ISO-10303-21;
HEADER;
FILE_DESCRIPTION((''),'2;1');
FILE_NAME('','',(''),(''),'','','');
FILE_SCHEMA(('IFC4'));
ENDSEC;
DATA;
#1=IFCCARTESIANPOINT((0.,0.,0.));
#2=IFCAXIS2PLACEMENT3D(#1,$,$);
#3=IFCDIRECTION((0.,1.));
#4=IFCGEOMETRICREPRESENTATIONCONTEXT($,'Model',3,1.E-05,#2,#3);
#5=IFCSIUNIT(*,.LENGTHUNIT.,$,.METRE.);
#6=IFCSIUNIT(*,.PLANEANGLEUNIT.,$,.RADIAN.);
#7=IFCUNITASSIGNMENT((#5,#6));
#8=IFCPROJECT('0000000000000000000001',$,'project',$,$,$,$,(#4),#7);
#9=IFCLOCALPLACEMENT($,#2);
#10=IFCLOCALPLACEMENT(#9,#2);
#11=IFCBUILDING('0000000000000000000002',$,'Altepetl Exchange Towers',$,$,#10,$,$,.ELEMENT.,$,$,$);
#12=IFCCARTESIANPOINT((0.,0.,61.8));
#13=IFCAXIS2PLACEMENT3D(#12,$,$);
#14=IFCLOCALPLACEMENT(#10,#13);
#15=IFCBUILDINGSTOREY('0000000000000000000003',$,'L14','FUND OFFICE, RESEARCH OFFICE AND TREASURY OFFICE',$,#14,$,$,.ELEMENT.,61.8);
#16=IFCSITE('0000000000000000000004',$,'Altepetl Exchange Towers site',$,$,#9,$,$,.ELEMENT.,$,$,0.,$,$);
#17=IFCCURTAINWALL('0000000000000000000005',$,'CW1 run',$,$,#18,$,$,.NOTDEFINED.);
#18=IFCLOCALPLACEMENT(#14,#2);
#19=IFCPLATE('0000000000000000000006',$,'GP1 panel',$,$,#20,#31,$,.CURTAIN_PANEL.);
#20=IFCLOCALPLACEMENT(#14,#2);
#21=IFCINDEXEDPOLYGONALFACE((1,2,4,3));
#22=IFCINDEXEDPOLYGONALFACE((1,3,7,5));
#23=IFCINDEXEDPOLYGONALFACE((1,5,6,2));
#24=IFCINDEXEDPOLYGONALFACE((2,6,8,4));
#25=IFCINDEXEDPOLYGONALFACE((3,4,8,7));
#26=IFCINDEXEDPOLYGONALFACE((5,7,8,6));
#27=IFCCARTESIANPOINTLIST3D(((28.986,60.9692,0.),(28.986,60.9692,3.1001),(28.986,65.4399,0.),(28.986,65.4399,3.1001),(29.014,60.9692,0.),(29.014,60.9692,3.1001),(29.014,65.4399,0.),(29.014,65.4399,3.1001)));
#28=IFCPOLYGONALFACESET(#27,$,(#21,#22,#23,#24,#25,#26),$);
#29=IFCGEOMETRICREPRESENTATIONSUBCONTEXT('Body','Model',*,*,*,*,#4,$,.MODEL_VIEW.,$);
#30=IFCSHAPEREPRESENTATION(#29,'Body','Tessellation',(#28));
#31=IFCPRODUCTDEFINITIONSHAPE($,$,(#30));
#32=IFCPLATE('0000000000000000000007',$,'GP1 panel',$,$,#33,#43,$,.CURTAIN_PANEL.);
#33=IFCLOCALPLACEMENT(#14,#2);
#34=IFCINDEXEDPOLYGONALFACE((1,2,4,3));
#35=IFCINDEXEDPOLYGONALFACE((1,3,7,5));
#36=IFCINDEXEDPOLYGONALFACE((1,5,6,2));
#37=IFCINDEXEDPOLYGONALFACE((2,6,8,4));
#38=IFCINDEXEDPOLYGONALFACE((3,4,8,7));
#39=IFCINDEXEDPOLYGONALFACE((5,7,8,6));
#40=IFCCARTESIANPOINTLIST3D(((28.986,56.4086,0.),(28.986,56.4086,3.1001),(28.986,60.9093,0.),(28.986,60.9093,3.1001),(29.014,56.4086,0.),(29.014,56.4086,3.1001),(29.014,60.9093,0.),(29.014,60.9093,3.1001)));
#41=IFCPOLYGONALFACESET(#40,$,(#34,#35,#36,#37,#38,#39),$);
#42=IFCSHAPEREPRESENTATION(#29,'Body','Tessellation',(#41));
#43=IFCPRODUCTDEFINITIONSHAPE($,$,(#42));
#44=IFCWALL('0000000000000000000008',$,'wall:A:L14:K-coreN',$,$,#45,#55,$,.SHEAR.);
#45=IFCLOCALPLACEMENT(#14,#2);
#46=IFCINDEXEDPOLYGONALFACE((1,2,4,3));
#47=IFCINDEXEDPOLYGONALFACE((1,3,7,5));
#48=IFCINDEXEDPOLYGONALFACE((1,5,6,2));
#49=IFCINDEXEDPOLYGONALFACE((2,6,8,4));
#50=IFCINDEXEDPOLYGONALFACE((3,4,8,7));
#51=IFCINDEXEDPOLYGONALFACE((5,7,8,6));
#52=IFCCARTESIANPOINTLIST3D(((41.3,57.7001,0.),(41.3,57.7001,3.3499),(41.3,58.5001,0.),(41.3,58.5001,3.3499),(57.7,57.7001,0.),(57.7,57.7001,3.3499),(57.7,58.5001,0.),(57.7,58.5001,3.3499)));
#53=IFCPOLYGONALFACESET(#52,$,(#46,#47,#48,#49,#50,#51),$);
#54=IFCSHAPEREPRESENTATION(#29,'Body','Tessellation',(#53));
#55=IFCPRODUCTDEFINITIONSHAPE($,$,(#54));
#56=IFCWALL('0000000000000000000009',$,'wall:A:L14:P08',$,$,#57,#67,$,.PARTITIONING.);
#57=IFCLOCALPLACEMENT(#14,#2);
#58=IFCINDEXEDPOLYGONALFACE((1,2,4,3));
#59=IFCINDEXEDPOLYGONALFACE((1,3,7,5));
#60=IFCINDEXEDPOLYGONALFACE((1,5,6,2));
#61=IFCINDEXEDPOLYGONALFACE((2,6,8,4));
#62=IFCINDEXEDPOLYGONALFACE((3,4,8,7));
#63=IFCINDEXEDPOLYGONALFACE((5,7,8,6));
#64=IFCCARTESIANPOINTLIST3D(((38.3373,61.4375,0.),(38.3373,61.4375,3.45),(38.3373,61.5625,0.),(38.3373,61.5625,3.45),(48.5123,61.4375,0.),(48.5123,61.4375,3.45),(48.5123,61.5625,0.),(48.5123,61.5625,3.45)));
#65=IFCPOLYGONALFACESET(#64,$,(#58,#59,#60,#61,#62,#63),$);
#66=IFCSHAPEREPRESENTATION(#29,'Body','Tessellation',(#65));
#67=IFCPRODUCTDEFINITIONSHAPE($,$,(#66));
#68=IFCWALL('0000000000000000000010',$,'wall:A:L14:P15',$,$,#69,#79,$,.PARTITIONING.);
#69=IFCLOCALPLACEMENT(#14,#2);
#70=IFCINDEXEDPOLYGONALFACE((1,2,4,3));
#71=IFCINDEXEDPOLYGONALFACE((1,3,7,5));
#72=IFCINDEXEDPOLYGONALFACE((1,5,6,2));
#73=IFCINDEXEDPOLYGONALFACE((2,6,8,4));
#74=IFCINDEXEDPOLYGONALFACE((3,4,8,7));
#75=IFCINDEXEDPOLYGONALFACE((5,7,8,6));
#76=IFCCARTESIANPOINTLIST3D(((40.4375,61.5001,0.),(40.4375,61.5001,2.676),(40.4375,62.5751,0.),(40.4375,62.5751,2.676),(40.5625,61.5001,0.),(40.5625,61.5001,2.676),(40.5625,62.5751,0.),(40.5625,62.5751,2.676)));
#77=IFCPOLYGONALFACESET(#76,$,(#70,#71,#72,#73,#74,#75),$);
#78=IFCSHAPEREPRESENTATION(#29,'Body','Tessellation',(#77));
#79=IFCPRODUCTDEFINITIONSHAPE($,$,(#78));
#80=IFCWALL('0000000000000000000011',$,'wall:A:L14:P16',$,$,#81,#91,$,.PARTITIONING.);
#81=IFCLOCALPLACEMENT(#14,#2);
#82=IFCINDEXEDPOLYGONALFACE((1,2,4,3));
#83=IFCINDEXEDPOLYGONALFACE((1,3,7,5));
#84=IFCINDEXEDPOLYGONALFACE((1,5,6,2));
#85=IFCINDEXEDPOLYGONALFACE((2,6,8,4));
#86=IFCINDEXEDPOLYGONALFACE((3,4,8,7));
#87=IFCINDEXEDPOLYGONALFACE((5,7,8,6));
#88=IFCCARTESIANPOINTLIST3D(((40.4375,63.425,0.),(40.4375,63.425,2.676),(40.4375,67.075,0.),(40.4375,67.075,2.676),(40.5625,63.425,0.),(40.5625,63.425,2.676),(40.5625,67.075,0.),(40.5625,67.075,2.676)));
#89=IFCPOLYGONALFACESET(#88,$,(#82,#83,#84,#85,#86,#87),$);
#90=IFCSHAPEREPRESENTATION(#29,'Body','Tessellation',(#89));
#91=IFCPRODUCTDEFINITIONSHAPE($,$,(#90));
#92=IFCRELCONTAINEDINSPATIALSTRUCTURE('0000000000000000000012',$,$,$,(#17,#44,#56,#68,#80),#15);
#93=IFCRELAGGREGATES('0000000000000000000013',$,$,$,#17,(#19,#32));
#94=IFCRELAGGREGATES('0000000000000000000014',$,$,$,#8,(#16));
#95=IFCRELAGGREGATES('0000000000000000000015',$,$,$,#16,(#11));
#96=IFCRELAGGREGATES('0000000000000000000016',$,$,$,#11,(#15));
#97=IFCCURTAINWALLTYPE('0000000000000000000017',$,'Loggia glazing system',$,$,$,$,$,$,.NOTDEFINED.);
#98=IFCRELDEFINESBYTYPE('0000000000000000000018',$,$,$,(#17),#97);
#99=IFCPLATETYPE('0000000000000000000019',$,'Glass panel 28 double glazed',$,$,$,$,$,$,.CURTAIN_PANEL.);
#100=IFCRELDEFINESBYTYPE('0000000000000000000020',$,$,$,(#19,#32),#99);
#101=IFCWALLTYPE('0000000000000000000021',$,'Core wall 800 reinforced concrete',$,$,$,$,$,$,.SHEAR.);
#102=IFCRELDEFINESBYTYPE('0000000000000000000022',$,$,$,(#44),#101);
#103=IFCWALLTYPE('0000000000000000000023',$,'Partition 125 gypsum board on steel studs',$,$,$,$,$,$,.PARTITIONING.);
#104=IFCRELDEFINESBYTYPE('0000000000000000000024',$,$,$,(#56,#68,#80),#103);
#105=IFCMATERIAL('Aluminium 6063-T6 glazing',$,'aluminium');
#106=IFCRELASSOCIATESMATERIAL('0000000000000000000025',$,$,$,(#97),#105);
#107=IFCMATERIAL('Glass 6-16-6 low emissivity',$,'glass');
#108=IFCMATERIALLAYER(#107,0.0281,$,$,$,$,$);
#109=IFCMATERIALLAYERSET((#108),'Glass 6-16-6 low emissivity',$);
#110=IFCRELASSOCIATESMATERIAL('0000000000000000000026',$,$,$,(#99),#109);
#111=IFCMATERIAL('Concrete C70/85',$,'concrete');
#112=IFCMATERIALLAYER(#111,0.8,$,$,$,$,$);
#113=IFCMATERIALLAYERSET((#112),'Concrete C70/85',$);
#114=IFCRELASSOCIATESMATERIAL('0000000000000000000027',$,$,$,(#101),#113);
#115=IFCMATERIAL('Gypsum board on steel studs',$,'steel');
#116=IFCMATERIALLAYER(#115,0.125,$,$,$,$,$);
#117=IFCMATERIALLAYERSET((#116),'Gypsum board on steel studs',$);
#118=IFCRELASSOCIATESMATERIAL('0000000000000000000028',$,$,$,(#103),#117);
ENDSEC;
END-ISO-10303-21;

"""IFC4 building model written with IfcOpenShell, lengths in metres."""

from ifc_helpers import new_model, si_unit, direction, frame, frame_2d, origin, origin_2d, place, context, subcontext, project, spatial, rectangle, extrude, material, layer, layer_set, type_object, element, aggregate, save


model = new_model("IFC4")

# Units and contexts
model_context = context("Model", 3, precision=1e-05, world=origin(), true_north=direction((0.0, 1.0)))
body_context = subcontext(model_context, "Body", "Model", "MODEL_VIEW")
ifc_project = project(units=[si_unit("LENGTHUNIT", "METRE"), si_unit("PLANEANGLEUNIT", "RADIAN")], contexts=[model_context])

# Site, building, storey
site_placement = place(None, origin())
site = spatial("IfcSite", under=ifc_project, at=site_placement, Name="Altepetl Exchange Towers site", CompositionType="ELEMENT", RefElevation=0.0)
building_placement = place(site_placement, origin())
building = spatial("IfcBuilding", under=site, at=building_placement, Name="Altepetl Exchange Towers", CompositionType="ELEMENT")
storey_placement = place(building_placement, frame((0.0, 0.0, 61.8)))
storey = spatial("IfcBuildingStorey", under=building, at=storey_placement, Name="L14", Description="FUND OFFICE, RESEARCH OFFICE AND TREASURY OFFICE", CompositionType="ELEMENT", Elevation=61.8)

# Shared definitions
ifc_material_1 = material(Name="Concrete C70/85", Category="concrete")

# Curtain wall
ifc_material_2 = material(Name="Aluminium 6063-T6 glazing", Category="aluminium")
curtain_wall_type = type_object("IfcCurtainWallType", Name="Loggia glazing system", PredefinedType="NOTDEFINED", material=ifc_material_2)
curtain_wall_placement = place(storey_placement, origin())
curtain_wall = element("IfcCurtainWall", 1, at=curtain_wall_placement, inside=storey, type_object=curtain_wall_type, Name="CW1 run", PredefinedType="NOTDEFINED")

# Plates
ifc_material_3 = material(Name="Glass 6-16-6 low emissivity", Category="glass")
ifc_layer_1 = layer(ifc_material_3, 0.0281)
ifc_layer_set_1 = layer_set([ifc_layer_1], Name="Glass 6-16-6 low emissivity")
plate_type = type_object("IfcPlateType", Name="Glass panel 28 double glazed", PredefinedType="CURTAIN_PANEL", material=ifc_layer_set_1)
plate_1_placement = place(storey_placement, frame((29.0, 63.2046, 0.0), z_axis=(0.0, 0.0, 1.0), x_axis=(0.0, -1.0, 0.0)))
plate_1 = element("IfcPlate", 2, at=plate_1_placement, type_object=plate_type, Name="GP1 panel", PredefinedType="CURTAIN_PANEL", context=body_context, shape_type="SweptSolid", body=[
    extrude(rectangle(XDim=4.4707, YDim=0.0281, at=origin_2d()), origin(), (0.0, 0.0, 1.0), 3.1001),
])
plate_2_placement = place(storey_placement, frame((29.0, 58.6589, 0.0), z_axis=(0.0, 0.0, 1.0), x_axis=(0.0, -1.0, 0.0)))
plate_2 = element("IfcPlate", 3, at=plate_2_placement, type_object=plate_type, Name="GP1 panel", PredefinedType="CURTAIN_PANEL", context=body_context, shape_type="SweptSolid", body=[
    extrude(rectangle(XDim=4.5007, YDim=0.0281, at=origin_2d()), origin(), (0.0, 0.0, 1.0), 3.1001),
])
aggregate(curtain_wall, [plate_1, plate_2])

# Walls
ifc_layer_2 = layer(ifc_material_1, 0.8)
ifc_layer_set_2 = layer_set([ifc_layer_2], Name="Concrete C70/85")
wall_type_1 = type_object("IfcWallType", Name="Core wall 800 reinforced concrete", PredefinedType="SHEAR", material=ifc_layer_set_2)
wall_1_placement = place(storey_placement, frame((41.3, 58.1001, 0.0)))
element("IfcWall", 4, at=wall_1_placement, inside=storey, type_object=wall_type_1, Name="wall:A:L14:K-coreN", PredefinedType="SHEAR", context=body_context, shape_type="SweptSolid", body=[
    extrude(rectangle(XDim=16.3999, YDim=0.8, at=frame_2d((8.2, 0.0))), origin(), (0.0, 0.0, 1.0), 3.3499),
])
ifc_material_4 = material(Name="Gypsum board on steel studs", Category="steel")
ifc_layer_3 = layer(ifc_material_4, 0.125)
ifc_layer_set_3 = layer_set([ifc_layer_3], Name="Gypsum board on steel studs")
wall_type_2 = type_object("IfcWallType", Name="Partition 125 gypsum board on steel studs", PredefinedType="PARTITIONING", material=ifc_layer_set_3)
wall_2_placement = place(storey_placement, frame((38.3374, 61.5, 0.0)))
element("IfcWall", 5, at=wall_2_placement, inside=storey, type_object=wall_type_2, Name="wall:A:L14:P08", PredefinedType="PARTITIONING", context=body_context, shape_type="SweptSolid", body=[
    extrude(rectangle(XDim=10.175, YDim=0.125, at=frame_2d((5.0874, 0.0))), origin(), (0.0, 0.0, 1.0), 3.45),
])
wall_3_placement = place(storey_placement, frame((40.5, 61.5, 0.0), z_axis=(0.0, 0.0, 1.0), x_axis=(0.0, 1.0, 0.0)))
element("IfcWall", 6, at=wall_3_placement, inside=storey, type_object=wall_type_2, Name="wall:A:L14:P15", PredefinedType="PARTITIONING", context=body_context, shape_type="SweptSolid", body=[
    extrude(rectangle(XDim=1.075, YDim=0.125, at=frame_2d((0.5376, 0.0))), origin(), (0.0, 0.0, 1.0), 2.676),
])
wall_4_placement = place(storey_placement, frame((40.5, 63.425, 0.0), z_axis=(0.0, 0.0, 1.0), x_axis=(0.0, 1.0, 0.0)))
element("IfcWall", 7, at=wall_4_placement, inside=storey, type_object=wall_type_2, Name="wall:A:L14:P16", PredefinedType="PARTITIONING", context=body_context, shape_type="SweptSolid", body=[
    extrude(rectangle(XDim=3.6499, YDim=0.125, at=frame_2d((1.825, 0.0))), origin(), (0.0, 0.0, 1.0), 2.676),
])

save(model, "model.ifc")
